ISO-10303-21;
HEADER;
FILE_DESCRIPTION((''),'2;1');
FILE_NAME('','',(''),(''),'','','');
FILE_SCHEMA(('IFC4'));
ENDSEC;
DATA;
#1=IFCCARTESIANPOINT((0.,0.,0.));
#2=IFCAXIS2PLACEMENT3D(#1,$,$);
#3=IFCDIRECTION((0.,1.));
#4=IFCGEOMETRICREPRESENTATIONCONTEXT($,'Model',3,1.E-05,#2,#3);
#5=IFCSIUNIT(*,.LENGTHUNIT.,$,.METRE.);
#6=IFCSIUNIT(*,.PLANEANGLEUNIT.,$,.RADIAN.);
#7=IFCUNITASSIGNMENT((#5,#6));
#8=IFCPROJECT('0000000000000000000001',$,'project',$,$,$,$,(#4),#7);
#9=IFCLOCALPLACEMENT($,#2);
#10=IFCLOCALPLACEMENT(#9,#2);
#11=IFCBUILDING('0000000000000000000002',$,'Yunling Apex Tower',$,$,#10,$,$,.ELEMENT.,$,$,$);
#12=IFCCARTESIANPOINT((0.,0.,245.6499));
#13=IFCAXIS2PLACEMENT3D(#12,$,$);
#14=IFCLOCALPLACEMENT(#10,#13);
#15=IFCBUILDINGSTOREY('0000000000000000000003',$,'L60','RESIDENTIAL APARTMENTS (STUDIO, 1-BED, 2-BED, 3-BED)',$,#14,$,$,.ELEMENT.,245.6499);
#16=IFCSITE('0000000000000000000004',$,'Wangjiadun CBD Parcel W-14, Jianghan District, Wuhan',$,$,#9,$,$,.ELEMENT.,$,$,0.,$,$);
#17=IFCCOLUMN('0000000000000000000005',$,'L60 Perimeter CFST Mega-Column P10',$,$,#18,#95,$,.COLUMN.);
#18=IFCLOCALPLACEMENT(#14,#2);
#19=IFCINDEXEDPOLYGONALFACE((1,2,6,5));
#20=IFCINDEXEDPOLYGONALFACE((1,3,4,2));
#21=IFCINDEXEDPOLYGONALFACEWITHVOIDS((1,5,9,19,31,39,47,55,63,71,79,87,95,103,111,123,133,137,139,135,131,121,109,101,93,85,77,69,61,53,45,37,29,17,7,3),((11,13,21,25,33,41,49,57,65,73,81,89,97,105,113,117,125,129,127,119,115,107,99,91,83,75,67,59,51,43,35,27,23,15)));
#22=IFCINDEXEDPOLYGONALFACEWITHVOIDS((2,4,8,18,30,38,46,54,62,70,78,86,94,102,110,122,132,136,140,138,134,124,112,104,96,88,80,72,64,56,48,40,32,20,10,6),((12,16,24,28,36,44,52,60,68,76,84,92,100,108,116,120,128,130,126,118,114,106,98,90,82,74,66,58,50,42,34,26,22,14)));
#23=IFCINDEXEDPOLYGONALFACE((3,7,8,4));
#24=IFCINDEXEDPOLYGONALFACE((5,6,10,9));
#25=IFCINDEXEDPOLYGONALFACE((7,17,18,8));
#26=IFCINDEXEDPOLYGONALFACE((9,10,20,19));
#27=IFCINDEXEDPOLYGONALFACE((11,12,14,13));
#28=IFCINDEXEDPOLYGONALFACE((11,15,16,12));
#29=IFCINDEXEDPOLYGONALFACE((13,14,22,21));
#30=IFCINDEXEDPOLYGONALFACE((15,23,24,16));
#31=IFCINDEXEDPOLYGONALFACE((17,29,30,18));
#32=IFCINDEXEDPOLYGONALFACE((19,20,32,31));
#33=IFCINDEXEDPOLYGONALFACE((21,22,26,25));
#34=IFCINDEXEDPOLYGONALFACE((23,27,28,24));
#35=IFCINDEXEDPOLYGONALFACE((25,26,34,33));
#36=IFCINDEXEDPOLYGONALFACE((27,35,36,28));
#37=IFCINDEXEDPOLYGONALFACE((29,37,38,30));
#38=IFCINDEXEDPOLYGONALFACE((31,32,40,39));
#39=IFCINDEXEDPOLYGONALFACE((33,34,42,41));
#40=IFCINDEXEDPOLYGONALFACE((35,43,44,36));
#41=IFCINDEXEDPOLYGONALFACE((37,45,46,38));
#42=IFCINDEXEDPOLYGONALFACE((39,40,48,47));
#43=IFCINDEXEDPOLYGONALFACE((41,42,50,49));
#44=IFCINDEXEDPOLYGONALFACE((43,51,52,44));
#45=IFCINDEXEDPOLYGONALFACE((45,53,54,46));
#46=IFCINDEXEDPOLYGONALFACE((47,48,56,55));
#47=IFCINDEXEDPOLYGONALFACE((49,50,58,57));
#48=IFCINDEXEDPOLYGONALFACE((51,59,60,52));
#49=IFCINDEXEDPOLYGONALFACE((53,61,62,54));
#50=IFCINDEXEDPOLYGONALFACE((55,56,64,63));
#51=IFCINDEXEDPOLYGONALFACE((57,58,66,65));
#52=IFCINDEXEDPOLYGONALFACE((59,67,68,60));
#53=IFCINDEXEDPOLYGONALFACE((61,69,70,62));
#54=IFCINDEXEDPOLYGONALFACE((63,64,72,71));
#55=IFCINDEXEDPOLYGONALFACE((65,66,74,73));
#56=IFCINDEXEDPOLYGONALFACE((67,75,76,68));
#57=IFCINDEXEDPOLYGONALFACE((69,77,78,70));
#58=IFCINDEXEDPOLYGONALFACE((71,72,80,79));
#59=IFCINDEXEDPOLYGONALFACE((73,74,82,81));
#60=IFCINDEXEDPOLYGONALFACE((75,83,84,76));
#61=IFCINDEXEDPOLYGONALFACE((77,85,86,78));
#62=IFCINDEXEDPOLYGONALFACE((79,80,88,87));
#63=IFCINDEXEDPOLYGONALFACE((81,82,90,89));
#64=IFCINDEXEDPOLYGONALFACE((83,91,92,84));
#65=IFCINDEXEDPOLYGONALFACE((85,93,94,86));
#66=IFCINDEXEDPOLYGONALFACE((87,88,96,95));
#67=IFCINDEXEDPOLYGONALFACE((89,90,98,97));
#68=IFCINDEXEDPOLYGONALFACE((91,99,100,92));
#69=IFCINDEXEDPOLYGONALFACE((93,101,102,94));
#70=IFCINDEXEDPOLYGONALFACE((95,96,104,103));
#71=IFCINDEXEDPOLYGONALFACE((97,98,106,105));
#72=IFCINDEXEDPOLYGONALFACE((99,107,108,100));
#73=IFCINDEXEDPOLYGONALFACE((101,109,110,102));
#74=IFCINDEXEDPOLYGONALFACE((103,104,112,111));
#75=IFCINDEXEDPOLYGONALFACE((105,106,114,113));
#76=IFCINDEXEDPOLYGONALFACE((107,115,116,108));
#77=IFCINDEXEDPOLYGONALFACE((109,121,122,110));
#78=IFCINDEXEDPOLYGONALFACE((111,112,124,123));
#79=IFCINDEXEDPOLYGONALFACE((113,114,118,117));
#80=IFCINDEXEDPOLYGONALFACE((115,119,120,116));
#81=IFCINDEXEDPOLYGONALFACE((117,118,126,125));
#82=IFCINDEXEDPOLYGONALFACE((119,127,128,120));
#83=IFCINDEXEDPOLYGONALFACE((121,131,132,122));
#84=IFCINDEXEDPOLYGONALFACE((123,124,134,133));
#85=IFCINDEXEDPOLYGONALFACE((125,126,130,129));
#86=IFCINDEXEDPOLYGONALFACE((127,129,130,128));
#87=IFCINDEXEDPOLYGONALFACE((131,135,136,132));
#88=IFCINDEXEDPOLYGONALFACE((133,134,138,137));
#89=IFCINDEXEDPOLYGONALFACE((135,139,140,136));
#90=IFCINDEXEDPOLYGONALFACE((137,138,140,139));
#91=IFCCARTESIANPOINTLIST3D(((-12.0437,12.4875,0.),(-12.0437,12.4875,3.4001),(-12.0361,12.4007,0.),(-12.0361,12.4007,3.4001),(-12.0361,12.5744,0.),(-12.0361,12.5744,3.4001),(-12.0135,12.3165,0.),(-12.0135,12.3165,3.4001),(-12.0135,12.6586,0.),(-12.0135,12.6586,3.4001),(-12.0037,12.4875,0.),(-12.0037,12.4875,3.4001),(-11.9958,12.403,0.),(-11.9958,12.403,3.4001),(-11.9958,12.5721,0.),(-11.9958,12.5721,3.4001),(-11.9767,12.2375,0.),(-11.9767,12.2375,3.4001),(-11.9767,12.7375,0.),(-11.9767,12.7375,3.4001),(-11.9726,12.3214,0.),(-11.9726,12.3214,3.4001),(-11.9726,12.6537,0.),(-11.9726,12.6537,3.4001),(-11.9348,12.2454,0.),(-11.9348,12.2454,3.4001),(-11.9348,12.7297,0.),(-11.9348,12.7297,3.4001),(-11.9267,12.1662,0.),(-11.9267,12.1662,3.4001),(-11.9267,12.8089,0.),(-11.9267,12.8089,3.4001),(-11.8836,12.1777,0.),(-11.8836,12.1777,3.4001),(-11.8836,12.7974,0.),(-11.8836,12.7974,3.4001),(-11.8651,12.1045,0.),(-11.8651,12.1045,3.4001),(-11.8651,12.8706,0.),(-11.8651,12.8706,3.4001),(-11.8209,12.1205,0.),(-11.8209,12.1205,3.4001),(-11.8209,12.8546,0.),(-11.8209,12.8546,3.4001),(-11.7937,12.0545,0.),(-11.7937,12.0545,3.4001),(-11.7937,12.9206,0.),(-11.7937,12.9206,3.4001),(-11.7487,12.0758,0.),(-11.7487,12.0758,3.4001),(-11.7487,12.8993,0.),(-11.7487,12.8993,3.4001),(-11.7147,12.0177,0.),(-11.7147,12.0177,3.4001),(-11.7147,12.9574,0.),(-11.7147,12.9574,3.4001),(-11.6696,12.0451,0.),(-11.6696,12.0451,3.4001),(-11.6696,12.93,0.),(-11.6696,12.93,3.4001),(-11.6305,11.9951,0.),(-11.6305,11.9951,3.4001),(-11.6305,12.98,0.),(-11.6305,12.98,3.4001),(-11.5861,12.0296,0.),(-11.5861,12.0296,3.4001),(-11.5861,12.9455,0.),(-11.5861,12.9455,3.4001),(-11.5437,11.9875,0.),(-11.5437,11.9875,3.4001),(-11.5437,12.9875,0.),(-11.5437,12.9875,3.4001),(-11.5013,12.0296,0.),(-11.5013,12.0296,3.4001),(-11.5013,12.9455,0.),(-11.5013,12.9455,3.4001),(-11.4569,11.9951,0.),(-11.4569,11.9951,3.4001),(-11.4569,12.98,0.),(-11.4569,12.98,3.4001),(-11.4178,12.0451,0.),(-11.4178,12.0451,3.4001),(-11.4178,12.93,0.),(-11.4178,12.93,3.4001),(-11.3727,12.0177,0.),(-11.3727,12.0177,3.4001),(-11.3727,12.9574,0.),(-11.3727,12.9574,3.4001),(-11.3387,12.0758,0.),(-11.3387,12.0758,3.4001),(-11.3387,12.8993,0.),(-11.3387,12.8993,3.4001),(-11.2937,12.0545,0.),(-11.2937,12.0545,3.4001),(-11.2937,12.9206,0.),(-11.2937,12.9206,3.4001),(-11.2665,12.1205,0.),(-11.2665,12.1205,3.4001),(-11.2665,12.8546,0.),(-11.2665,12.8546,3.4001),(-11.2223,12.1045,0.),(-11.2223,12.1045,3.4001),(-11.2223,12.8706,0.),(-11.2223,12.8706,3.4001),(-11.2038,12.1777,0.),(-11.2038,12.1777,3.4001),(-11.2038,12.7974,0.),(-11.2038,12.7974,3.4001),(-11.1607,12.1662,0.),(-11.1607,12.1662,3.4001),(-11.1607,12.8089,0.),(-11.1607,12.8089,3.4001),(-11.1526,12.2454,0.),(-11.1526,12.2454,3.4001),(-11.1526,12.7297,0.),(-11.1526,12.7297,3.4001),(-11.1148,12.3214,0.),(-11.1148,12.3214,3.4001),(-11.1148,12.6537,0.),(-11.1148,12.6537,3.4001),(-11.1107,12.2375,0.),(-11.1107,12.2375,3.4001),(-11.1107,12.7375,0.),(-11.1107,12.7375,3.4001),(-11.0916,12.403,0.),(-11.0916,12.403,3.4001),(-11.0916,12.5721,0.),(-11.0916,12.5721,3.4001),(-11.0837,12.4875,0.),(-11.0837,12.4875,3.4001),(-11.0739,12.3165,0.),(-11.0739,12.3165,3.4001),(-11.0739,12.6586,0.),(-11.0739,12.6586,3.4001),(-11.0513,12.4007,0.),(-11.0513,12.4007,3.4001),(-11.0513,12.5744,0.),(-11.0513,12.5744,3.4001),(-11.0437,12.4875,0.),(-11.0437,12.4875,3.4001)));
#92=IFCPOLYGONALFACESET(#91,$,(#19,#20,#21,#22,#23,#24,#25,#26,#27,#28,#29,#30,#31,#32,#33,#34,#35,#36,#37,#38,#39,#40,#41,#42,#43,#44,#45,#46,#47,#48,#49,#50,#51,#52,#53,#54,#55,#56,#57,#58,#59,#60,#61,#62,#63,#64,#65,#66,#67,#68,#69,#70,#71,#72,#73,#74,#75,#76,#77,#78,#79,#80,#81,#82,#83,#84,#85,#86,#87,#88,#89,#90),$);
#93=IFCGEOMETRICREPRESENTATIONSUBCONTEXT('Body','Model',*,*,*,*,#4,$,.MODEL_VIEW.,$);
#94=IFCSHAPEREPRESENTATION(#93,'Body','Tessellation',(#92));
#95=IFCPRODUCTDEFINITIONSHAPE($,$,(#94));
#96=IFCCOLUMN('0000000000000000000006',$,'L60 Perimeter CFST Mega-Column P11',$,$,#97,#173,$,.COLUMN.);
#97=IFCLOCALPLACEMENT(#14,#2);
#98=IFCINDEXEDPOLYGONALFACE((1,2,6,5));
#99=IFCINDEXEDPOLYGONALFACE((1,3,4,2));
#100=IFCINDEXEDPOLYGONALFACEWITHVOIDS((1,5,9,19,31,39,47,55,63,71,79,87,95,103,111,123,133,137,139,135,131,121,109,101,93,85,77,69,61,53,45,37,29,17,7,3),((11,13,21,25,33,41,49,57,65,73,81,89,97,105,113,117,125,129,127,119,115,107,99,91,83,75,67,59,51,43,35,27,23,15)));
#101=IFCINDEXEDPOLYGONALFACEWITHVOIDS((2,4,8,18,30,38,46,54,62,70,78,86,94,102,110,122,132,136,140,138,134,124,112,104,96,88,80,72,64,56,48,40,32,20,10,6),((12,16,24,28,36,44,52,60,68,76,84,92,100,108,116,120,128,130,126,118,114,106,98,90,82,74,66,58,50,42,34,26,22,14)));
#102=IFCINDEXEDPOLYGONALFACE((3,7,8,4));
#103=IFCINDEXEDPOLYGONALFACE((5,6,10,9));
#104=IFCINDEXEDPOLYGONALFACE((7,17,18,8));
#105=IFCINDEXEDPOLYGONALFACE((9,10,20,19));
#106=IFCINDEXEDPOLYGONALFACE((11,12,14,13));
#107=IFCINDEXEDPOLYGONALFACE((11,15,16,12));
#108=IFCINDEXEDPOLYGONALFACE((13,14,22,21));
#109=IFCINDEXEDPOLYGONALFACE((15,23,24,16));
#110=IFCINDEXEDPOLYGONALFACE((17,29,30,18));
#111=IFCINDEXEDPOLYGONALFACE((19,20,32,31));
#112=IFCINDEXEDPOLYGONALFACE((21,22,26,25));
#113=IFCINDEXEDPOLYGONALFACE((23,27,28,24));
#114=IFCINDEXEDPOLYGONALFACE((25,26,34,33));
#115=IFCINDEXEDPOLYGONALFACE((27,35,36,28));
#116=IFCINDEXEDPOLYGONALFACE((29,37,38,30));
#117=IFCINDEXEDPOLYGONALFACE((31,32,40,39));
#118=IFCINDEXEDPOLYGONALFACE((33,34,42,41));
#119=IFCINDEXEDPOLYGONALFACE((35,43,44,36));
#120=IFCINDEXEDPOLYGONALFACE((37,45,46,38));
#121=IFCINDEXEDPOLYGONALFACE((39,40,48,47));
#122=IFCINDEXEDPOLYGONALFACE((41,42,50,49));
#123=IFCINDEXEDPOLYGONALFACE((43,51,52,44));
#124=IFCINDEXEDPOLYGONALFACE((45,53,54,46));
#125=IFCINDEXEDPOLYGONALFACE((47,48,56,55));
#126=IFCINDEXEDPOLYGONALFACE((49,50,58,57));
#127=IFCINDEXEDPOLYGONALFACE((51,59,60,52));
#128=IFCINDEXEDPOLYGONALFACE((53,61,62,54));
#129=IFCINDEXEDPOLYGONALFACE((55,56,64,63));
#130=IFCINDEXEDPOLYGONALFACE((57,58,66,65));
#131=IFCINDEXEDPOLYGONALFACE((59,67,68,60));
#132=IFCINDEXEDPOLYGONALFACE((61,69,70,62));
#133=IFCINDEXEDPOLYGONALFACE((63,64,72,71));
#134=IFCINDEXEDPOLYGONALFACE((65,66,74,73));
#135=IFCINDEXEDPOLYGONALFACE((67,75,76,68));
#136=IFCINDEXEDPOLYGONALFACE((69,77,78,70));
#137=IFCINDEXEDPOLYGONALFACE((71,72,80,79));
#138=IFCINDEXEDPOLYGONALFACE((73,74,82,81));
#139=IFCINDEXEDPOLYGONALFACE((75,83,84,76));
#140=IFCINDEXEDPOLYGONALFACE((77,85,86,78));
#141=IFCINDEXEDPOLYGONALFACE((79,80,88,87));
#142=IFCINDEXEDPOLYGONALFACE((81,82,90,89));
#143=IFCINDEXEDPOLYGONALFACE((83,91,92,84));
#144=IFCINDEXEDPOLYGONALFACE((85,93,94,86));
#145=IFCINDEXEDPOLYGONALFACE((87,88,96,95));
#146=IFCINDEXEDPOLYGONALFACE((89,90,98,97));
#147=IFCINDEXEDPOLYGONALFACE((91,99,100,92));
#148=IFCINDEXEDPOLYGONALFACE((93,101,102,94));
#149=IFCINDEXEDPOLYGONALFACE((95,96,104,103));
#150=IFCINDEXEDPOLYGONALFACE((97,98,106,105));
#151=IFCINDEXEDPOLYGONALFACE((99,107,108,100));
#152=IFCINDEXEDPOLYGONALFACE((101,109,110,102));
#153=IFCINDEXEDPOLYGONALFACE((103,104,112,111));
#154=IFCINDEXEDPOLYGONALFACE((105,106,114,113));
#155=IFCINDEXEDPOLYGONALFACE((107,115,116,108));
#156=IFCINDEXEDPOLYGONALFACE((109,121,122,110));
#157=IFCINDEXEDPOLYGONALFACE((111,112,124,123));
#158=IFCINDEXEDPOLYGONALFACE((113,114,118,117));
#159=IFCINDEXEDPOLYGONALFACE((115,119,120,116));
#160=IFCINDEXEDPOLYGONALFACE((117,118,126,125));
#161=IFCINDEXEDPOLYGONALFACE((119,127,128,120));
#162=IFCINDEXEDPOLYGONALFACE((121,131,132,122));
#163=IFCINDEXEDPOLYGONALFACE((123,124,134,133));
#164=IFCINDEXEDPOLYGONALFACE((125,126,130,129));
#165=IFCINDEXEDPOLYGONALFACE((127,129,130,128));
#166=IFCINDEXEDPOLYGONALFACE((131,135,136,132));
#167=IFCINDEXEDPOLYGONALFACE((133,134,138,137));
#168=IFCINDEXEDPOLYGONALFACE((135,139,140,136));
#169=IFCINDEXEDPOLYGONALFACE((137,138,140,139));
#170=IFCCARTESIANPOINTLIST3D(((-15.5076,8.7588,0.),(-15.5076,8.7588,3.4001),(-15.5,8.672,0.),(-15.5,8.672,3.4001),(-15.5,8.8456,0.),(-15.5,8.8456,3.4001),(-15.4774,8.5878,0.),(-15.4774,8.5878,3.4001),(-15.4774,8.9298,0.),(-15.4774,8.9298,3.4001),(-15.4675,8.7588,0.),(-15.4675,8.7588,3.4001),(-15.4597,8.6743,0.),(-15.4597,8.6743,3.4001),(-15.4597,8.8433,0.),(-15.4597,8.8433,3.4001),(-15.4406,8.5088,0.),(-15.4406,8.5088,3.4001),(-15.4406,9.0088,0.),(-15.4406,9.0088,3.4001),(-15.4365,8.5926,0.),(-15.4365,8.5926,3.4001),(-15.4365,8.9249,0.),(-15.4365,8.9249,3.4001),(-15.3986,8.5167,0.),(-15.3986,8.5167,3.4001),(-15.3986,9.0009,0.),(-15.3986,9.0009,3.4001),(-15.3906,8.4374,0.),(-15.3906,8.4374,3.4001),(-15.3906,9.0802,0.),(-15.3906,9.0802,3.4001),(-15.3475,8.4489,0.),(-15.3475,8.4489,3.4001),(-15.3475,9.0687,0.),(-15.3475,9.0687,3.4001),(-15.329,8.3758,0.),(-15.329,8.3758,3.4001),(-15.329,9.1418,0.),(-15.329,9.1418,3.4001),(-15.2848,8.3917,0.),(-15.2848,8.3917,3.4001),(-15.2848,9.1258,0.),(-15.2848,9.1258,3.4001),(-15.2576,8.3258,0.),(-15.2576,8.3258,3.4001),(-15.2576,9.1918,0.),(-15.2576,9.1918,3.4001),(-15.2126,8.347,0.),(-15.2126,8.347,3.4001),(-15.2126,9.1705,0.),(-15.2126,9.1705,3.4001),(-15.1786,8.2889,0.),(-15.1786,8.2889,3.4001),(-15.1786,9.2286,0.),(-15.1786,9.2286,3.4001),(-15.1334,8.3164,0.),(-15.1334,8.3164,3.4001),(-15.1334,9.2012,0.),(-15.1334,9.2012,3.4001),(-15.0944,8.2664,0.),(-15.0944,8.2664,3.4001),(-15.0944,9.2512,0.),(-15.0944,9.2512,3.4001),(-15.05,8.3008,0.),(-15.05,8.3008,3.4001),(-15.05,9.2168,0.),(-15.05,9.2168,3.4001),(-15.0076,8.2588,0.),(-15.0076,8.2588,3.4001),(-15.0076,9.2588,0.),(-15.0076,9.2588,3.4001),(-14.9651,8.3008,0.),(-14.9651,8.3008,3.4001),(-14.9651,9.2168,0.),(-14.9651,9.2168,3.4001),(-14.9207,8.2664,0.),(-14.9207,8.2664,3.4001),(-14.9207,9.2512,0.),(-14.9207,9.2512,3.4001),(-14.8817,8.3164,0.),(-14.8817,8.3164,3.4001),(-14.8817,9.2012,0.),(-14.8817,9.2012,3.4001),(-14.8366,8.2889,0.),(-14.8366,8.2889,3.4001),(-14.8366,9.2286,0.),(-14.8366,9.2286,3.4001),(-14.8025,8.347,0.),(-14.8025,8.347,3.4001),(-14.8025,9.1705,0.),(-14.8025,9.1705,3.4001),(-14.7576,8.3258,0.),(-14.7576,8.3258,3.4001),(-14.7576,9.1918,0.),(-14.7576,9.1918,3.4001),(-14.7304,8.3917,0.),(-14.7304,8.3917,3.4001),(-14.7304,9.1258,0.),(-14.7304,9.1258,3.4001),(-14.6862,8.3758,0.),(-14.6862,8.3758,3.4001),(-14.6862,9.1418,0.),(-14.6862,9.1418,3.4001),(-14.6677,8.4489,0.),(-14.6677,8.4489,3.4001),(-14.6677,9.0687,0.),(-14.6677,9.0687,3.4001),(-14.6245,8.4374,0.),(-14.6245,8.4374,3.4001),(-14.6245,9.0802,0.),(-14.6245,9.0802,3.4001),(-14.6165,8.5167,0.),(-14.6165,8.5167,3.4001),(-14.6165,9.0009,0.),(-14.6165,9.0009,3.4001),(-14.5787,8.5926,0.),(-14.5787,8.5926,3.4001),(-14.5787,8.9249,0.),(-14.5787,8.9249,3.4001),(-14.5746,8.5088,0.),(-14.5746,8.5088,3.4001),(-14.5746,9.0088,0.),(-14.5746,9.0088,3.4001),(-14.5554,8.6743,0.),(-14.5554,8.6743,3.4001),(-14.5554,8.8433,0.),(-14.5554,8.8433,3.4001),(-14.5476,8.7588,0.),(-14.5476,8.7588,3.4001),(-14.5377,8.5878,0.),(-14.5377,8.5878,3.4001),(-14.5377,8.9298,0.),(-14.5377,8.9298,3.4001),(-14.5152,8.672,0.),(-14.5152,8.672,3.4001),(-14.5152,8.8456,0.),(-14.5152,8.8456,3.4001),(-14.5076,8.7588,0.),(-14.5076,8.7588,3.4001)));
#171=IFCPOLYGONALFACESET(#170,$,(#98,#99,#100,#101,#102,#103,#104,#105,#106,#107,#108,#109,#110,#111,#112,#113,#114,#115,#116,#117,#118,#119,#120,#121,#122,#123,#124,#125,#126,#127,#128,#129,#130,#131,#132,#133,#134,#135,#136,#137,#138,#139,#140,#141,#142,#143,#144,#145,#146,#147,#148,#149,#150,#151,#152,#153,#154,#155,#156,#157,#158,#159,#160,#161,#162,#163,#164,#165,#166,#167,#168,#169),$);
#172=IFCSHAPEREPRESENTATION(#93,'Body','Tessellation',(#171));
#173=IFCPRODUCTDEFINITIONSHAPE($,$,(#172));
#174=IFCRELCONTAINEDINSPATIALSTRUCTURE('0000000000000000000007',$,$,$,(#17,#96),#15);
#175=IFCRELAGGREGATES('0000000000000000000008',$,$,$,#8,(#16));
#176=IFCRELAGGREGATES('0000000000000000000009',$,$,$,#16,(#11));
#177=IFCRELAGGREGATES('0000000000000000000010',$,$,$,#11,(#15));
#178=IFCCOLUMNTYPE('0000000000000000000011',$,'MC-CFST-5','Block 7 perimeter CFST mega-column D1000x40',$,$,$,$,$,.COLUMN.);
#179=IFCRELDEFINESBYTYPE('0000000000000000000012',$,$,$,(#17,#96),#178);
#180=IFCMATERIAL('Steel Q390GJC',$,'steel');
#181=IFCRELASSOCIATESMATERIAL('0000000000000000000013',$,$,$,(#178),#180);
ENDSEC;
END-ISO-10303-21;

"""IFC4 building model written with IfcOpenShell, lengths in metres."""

from ifc_helpers import new_model, si_unit, direction, frame, origin, origin_2d, place, context, subcontext, project, spatial, hollow_circle, extrude, source, transform, mapped, material, material_profile, profile_set, type_object, element, save


model = new_model("IFC4")

# Units and contexts
model_context = context("Model", 3, precision=1e-05, world=origin(), true_north=direction((0.0, 1.0)))
body_context = subcontext(model_context, "Body", "Model", "MODEL_VIEW")
ifc_project = project(units=[si_unit("LENGTHUNIT", "METRE"), si_unit("PLANEANGLEUNIT", "RADIAN")], contexts=[model_context])

# Site, building, storey
site_placement = place(None, origin())
site = spatial("IfcSite", under=ifc_project, at=site_placement, Name="Wangjiadun CBD Parcel W-14, Jianghan District, Wuhan", CompositionType="ELEMENT", RefElevation=0.0)
building_placement = place(site_placement, origin())
building = spatial("IfcBuilding", under=site, at=building_placement, Name="Yunling Apex Tower", CompositionType="ELEMENT")
storey_placement = place(building_placement, frame((0.0, 0.0, 245.6499)))
storey = spatial("IfcBuildingStorey", under=building, at=storey_placement, Name="L60", Description="RESIDENTIAL APARTMENTS (STUDIO, 1-BED, 2-BED, 3-BED)", CompositionType="ELEMENT", Elevation=245.6499)

# Columns
ifc_material_1 = material(Name="Steel Q390GJC", Category="steel")
ifc_material_profile_1 = material_profile(ifc_material_1, hollow_circle(Radius=0.5, WallThickness=0.04, at=origin_2d()))
ifc_profile_set_1 = profile_set([ifc_material_profile_1], Name="Steel Q390GJC")
column_type = type_object("IfcColumnType", Name="MC-CFST-5", Description="Block 7 perimeter CFST mega-column D1000x40", PredefinedType="COLUMN", material=ifc_profile_set_1)
shared_shape_1 = source(origin(), body_context, "Body", "SweptSolid", [
    extrude(hollow_circle(Radius=0.5, WallThickness=0.04, at=origin_2d()), origin(), (0.0, 0.0, 1.0), 3.4001),
])
for number, where, z_axis, x_axis, name in (
    (1, (-11.5437, 12.4875, 0.0), (0.0, 0.0, 1.0), (1.0, 0.0, 0.0), "L60 Perimeter CFST Mega-Column P10"),
    (2, (-15.0076, 8.7588, 0.0), (0.0, 0.0, 1.0), (1.0, 0.0, 0.0), "L60 Perimeter CFST Mega-Column P11"),
):
    element("IfcColumn", number, at=place(storey_placement, frame(where, z_axis=z_axis, x_axis=x_axis)), inside=storey, type_object=column_type, Name=name, PredefinedType="COLUMN", context=body_context, shape_type="MappedRepresentation", body=[
        mapped(shared_shape_1, transform((0.0, 0.0, 0.0), scale=1.0)),
    ])

save(model, "model.ifc")
